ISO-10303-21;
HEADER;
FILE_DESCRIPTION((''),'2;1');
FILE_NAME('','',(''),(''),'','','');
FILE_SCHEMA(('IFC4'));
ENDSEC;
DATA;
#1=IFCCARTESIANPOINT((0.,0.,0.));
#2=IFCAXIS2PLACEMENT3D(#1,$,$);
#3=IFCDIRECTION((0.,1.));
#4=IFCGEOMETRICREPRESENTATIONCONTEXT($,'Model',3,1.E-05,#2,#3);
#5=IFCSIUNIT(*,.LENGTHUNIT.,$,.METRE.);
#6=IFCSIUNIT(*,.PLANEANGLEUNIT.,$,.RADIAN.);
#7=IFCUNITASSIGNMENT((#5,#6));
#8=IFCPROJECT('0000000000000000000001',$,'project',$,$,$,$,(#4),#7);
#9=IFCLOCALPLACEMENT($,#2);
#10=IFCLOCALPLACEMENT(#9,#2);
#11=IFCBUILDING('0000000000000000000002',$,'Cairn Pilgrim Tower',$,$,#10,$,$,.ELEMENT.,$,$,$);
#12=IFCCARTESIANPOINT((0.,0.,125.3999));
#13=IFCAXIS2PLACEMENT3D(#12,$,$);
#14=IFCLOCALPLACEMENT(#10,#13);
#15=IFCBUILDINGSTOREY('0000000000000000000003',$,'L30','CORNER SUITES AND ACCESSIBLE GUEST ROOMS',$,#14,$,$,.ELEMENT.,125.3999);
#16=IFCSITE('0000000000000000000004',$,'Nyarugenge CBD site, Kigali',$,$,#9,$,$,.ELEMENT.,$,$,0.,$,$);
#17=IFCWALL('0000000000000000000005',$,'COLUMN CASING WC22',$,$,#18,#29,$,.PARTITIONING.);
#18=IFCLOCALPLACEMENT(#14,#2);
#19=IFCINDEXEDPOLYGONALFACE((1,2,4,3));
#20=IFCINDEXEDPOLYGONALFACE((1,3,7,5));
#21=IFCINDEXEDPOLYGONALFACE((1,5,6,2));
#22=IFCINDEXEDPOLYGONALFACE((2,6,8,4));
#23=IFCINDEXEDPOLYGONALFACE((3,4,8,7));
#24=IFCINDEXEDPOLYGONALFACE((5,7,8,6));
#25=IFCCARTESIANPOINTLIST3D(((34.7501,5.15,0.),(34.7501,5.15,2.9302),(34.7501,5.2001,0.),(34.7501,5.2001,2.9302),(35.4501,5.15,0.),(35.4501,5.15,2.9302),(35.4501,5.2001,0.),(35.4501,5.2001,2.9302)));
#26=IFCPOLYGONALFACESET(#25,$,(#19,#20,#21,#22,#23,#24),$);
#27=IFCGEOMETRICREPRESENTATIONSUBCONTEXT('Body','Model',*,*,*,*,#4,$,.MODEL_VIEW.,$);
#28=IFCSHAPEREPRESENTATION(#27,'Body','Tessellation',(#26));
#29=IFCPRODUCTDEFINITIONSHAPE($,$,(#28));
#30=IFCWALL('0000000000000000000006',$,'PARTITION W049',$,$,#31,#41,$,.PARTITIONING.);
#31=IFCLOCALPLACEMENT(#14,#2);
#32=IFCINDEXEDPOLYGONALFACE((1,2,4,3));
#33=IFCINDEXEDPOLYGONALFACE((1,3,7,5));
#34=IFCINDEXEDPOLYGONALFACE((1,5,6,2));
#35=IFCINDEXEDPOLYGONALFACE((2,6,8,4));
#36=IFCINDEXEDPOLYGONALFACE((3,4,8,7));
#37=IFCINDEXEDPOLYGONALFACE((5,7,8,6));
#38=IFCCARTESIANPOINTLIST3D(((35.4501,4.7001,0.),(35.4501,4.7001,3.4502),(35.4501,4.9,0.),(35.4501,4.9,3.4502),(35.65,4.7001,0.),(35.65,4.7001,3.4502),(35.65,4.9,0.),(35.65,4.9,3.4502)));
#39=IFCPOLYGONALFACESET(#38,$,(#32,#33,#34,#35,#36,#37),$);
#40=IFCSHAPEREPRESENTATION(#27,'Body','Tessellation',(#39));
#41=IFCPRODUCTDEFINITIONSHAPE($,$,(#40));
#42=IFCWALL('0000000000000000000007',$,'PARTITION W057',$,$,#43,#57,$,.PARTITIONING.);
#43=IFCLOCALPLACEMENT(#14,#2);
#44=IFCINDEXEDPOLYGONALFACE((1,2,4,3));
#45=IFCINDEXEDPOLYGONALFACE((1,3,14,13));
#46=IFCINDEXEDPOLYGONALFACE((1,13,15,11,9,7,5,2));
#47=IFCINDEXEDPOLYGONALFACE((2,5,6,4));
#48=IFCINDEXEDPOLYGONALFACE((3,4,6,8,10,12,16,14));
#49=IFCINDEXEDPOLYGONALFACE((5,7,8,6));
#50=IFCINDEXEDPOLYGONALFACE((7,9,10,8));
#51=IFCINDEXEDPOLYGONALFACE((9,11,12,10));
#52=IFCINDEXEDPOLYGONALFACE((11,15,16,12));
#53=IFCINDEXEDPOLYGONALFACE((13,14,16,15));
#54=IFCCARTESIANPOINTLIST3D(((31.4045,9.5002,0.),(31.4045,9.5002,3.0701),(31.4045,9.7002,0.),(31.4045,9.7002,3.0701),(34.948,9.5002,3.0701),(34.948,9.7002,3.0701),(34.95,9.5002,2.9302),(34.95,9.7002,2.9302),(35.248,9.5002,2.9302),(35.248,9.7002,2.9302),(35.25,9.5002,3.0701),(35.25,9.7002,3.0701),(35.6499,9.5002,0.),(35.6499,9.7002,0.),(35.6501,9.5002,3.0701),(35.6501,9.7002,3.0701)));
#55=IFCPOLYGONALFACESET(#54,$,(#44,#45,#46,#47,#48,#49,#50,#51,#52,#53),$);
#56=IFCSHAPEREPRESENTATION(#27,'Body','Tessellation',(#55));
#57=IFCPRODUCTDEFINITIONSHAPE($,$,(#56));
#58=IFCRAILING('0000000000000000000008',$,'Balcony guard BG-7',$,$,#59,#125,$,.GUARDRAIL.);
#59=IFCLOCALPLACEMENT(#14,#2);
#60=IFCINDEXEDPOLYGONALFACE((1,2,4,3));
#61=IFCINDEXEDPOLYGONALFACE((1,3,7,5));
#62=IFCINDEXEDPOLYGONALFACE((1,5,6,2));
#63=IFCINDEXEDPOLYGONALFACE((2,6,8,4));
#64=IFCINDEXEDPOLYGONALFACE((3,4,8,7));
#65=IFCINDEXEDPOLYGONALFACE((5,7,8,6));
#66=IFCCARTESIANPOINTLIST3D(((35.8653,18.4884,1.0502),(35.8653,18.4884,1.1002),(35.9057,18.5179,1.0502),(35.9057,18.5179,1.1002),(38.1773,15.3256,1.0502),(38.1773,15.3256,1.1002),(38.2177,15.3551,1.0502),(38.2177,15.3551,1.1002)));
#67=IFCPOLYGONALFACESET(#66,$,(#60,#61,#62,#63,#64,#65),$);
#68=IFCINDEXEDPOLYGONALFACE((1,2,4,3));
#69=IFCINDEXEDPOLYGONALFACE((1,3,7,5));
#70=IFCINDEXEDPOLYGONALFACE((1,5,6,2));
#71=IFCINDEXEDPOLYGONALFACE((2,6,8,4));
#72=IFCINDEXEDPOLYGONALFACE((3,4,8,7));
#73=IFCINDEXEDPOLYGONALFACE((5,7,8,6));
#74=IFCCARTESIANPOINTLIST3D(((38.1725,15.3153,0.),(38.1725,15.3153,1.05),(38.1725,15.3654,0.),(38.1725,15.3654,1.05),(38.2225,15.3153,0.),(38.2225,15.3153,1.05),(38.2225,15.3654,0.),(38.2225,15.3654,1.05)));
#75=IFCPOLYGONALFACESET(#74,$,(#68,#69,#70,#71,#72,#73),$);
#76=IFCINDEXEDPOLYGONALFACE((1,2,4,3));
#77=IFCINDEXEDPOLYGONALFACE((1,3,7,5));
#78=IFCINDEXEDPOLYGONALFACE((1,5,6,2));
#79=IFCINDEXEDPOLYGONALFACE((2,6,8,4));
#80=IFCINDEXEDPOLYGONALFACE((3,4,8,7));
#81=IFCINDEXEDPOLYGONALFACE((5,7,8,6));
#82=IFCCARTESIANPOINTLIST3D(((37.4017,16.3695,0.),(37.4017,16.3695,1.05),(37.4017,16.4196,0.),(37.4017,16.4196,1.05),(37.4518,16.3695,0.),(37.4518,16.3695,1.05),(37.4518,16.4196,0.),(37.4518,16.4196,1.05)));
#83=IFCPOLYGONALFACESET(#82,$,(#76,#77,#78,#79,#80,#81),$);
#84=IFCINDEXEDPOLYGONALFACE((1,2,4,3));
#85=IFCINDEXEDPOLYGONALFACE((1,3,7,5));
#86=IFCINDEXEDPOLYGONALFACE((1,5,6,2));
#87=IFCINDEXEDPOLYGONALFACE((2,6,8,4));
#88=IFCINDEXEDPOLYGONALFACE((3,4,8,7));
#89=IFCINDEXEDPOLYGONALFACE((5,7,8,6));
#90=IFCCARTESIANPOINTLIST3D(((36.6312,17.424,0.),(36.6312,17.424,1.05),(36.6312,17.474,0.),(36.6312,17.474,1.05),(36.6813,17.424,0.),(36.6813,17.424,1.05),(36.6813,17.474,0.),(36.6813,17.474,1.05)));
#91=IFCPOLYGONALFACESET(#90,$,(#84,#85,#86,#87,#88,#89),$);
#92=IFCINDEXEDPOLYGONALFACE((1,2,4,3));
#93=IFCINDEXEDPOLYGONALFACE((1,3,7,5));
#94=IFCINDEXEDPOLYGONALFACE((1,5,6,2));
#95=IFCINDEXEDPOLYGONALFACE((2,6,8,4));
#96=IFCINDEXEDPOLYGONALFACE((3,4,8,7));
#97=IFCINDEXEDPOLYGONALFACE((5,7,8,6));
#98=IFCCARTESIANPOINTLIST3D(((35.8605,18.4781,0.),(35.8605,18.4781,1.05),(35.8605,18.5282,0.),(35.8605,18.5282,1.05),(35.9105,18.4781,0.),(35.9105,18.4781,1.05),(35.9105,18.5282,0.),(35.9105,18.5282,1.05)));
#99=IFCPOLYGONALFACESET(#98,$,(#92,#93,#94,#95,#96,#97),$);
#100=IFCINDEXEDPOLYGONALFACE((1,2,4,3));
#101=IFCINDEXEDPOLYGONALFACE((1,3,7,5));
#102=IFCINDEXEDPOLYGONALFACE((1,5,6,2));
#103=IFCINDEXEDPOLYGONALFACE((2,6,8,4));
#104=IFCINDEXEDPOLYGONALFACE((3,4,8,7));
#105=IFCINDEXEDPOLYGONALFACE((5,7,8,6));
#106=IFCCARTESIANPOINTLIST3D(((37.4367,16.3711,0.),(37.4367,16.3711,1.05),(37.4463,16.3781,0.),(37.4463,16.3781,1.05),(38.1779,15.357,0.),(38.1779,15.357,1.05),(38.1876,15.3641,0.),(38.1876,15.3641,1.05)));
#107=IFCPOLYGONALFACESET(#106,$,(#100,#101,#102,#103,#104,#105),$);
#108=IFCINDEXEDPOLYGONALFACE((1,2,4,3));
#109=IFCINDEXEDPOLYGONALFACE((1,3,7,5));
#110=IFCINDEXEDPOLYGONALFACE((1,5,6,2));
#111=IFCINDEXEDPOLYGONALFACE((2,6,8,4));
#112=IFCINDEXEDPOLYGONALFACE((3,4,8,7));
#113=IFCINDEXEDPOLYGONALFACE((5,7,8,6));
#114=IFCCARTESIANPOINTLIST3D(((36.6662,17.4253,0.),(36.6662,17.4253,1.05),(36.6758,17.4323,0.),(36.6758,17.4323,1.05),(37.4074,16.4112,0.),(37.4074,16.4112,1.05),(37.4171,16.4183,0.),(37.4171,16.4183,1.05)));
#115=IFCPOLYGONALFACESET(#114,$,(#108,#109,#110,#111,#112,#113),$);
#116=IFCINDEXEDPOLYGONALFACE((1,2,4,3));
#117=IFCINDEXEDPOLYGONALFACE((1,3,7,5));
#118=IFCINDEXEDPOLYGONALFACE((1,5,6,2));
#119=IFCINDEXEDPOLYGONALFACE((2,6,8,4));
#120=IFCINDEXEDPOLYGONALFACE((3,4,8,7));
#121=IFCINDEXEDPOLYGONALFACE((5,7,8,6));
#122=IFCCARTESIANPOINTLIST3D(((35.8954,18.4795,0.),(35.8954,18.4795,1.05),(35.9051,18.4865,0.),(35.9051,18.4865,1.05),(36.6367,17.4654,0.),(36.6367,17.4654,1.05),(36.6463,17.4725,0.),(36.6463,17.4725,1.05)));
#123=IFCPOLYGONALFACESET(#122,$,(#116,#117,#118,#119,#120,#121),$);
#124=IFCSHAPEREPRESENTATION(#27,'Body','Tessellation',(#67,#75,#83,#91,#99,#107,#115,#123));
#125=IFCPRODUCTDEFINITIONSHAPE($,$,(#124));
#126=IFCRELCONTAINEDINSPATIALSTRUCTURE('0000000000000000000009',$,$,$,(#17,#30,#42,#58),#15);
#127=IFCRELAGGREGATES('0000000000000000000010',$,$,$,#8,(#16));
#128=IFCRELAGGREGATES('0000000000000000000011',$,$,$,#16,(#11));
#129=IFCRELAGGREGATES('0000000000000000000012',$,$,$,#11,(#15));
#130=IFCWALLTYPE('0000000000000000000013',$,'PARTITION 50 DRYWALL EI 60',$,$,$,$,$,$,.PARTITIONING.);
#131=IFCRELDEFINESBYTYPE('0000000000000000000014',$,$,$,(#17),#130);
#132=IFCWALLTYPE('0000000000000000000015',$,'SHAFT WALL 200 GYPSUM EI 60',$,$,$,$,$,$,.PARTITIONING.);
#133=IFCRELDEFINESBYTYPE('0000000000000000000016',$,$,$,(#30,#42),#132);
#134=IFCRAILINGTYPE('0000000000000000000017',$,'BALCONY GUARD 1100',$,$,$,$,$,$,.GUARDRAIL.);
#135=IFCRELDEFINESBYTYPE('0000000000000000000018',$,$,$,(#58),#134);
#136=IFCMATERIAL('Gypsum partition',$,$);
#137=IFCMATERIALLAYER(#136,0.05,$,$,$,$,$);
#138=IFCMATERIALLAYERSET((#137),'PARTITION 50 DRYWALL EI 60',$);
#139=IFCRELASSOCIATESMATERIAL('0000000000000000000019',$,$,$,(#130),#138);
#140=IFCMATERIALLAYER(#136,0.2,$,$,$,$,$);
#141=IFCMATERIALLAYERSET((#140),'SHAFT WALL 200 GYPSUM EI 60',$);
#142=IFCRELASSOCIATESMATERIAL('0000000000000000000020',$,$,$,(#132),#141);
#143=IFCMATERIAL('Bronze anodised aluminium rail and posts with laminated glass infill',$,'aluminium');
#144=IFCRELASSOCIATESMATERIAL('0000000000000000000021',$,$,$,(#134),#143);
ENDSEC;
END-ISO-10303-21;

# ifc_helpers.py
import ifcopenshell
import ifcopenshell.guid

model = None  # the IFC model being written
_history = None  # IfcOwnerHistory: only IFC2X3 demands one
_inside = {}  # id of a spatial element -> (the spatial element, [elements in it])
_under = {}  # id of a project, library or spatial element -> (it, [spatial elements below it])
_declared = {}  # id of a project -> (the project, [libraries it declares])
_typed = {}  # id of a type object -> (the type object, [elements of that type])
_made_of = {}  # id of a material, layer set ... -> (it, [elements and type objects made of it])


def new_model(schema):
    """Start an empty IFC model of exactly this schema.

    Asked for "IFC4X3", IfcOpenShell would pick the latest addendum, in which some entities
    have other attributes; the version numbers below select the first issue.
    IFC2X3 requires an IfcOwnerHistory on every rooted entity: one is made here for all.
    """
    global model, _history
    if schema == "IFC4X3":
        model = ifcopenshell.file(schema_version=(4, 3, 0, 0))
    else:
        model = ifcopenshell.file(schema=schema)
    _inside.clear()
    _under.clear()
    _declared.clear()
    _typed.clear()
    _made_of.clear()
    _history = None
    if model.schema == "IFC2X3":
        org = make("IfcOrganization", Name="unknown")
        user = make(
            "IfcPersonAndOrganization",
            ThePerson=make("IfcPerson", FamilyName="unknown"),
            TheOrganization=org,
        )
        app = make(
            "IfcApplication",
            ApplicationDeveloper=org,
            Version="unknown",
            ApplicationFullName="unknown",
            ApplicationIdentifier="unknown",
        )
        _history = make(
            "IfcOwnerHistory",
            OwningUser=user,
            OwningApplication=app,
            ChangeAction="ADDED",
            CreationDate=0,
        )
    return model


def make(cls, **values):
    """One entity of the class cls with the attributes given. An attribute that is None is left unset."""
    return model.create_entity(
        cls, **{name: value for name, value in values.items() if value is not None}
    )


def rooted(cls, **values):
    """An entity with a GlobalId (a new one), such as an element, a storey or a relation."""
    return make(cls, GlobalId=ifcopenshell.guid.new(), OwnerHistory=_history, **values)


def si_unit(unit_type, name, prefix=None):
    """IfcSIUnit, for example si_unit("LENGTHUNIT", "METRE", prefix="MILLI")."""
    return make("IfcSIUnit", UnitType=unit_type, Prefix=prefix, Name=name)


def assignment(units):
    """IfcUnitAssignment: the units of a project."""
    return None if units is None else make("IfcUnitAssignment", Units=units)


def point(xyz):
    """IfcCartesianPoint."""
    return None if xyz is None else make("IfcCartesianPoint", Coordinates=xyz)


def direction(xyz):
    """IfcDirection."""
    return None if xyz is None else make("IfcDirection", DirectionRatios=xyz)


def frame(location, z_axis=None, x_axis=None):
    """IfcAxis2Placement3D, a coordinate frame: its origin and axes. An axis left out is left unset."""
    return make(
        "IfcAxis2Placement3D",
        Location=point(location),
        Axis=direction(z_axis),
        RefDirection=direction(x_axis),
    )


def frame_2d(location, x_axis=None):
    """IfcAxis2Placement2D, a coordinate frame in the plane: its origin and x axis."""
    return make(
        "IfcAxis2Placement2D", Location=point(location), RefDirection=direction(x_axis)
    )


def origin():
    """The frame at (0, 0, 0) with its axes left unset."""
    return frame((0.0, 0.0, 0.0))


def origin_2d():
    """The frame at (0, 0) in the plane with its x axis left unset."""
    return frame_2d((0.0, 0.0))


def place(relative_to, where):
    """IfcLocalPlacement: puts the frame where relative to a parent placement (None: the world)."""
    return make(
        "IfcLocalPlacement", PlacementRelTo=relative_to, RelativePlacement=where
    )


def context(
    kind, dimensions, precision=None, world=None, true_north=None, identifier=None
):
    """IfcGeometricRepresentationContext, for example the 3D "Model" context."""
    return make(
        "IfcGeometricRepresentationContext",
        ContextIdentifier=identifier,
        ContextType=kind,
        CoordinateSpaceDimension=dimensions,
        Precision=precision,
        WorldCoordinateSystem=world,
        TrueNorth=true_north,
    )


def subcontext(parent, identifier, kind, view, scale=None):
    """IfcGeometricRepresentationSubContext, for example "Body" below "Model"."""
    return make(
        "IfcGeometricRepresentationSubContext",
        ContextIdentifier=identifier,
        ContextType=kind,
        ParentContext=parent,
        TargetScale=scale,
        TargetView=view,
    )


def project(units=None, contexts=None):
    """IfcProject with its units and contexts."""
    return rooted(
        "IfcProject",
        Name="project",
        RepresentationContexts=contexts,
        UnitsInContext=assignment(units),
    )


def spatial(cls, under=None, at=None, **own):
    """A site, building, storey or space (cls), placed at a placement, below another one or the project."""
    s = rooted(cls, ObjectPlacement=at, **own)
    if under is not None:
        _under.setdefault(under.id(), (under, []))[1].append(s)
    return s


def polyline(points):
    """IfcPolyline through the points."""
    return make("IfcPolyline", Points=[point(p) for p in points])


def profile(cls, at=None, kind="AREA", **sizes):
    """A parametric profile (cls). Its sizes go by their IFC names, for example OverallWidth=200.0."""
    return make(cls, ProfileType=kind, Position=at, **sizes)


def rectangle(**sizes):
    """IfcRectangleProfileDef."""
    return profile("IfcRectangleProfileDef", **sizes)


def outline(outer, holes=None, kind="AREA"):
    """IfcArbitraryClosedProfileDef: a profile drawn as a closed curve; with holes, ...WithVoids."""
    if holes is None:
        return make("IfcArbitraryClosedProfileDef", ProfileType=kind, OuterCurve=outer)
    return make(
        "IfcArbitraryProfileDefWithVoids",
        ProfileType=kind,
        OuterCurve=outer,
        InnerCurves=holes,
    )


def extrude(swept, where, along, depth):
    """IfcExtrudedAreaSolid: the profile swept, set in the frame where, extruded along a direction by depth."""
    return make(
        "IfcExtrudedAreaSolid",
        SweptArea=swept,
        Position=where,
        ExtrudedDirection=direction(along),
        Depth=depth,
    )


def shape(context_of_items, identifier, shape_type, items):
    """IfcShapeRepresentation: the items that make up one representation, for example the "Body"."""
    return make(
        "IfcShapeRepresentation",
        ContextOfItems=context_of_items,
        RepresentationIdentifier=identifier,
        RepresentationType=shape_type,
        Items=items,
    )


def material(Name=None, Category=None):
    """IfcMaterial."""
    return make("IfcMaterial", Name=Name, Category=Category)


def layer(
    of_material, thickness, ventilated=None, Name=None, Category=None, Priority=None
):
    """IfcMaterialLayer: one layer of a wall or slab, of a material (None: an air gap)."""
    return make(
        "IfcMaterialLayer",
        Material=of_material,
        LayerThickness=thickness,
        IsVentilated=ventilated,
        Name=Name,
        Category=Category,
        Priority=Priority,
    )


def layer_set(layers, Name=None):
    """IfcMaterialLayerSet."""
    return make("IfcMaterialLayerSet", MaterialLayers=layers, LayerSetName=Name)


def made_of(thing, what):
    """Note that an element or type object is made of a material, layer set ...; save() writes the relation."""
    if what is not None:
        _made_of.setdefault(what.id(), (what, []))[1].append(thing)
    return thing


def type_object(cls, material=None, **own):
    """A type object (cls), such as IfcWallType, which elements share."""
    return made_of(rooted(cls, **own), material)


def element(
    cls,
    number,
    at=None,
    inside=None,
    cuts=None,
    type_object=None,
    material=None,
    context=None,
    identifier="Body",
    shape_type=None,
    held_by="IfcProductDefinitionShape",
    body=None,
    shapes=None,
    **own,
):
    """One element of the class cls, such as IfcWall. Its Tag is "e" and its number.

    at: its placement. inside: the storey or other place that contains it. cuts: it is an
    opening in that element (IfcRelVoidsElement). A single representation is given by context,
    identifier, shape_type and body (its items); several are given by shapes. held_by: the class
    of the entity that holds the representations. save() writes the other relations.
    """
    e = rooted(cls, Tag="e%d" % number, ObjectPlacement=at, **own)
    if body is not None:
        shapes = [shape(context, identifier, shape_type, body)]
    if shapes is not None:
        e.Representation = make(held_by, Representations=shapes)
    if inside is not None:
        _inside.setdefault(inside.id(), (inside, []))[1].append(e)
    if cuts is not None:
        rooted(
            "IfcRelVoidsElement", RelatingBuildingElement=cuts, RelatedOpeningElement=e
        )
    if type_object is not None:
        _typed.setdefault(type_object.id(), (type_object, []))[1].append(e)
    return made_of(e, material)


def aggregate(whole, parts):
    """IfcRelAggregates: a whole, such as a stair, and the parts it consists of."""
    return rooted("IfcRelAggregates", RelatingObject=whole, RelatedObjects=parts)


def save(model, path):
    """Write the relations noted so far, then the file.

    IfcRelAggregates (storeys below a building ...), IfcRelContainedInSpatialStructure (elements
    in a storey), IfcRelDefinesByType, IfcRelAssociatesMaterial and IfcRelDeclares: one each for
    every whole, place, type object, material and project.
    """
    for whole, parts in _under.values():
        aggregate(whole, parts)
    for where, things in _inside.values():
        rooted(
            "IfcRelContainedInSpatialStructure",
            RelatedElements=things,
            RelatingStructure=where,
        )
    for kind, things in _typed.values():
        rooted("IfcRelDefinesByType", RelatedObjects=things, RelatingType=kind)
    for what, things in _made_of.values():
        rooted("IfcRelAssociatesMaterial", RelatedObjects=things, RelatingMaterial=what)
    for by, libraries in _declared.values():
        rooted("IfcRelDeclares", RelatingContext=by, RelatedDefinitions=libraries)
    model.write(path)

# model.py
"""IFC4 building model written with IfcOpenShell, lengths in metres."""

from ifc_helpers import new_model, si_unit, direction, frame, frame_2d, origin, origin_2d, place, context, subcontext, project, spatial, polyline, rectangle, outline, extrude, material, layer, layer_set, type_object, element, save


model = new_model("IFC4")

# Units and contexts
model_context = context("Model", 3, precision=1e-05, world=origin(), true_north=direction((0.0, 1.0)))
body_context = subcontext(model_context, "Body", "Model", "MODEL_VIEW")
ifc_project = project(units=[si_unit("LENGTHUNIT", "METRE"), si_unit("PLANEANGLEUNIT", "RADIAN")], contexts=[model_context])

# Site, building, storey
site_placement = place(None, origin())
site = spatial("IfcSite", under=ifc_project, at=site_placement, Name="Nyarugenge CBD site, Kigali", CompositionType="ELEMENT", RefElevation=0.0)
building_placement = place(site_placement, origin())
building = spatial("IfcBuilding", under=site, at=building_placement, Name="Cairn Pilgrim Tower", CompositionType="ELEMENT")
storey_placement = place(building_placement, frame((0.0, 0.0, 125.3999)))
storey = spatial("IfcBuildingStorey", under=building, at=storey_placement, Name="L30", Description="CORNER SUITES AND ACCESSIBLE GUEST ROOMS", CompositionType="ELEMENT", Elevation=125.3999)

# Walls
ifc_material_1 = material(Name="Gypsum partition")
ifc_layer_1 = layer(ifc_material_1, 0.05)
ifc_layer_set_1 = layer_set([ifc_layer_1], Name="PARTITION 50 DRYWALL EI 60")
wall_type_1 = type_object("IfcWallType", Name="PARTITION 50 DRYWALL EI 60", PredefinedType="PARTITIONING", material=ifc_layer_set_1)
wall_1_placement = place(storey_placement, frame((34.75, 5.175, 0.0), z_axis=(0.0, 0.0, 1.0), x_axis=(1.0, 0.0, 0.0)))
element("IfcWall", 1, at=wall_1_placement, inside=storey, type_object=wall_type_1, Name="COLUMN CASING WC22", PredefinedType="PARTITIONING", context=body_context, shape_type="SweptSolid", body=[
    extrude(rectangle(XDim=0.7, YDim=0.05, at=frame_2d((0.3501, 0.0))), origin(), (0.0, 0.0, 1.0), 2.9302),
])
ifc_layer_2 = layer(ifc_material_1, 0.2)
ifc_layer_set_2 = layer_set([ifc_layer_2], Name="SHAFT WALL 200 GYPSUM EI 60")
wall_type_2 = type_object("IfcWallType", Name="SHAFT WALL 200 GYPSUM EI 60", PredefinedType="PARTITIONING", material=ifc_layer_set_2)
wall_2_placement = place(storey_placement, frame((35.45, 4.8, 0.0), z_axis=(0.0, 0.0, 1.0), x_axis=(1.0, 0.0, 0.0)))
element("IfcWall", 2, at=wall_2_placement, inside=storey, type_object=wall_type_2, Name="PARTITION W049", PredefinedType="PARTITIONING", context=body_context, shape_type="SweptSolid", body=[
    extrude(rectangle(XDim=0.2, YDim=0.2, at=frame_2d((0.1001, 0.0))), origin(), (0.0, 0.0, 1.0), 3.4502),
])
wall_3_placement = place(storey_placement, frame((31.4045, 9.6001, 0.0), z_axis=(0.0, 0.0, 1.0), x_axis=(1.0, 0.0, 0.0)))
element("IfcWall", 3, at=wall_3_placement, inside=storey, type_object=wall_type_2, Name="PARTITION W057", PredefinedType="PARTITIONING", context=body_context, shape_type="SweptSolid", body=[
    extrude(outline(polyline([(0.0, 0.0), (4.2454, 0.0), (4.2456, 3.0701), (3.8455, 3.0701), (3.8435, 2.9302), (3.5454, 2.9302), (3.5435, 3.0701), (0.0, 3.0701), (0.0, 0.0)])), frame((0.0, 0.1001, 0.0), z_axis=(0.0, -1.0, 0.0), x_axis=(1.0, 0.0, 0.0)), (0.0, 0.0, 1.0), 0.2),
])

# Railing
ifc_material_2 = material(Name="Bronze anodised aluminium rail and posts with laminated glass infill", Category="aluminium")
railing_type = type_object("IfcRailingType", Name="BALCONY GUARD 1100", PredefinedType="GUARDRAIL", material=ifc_material_2)
railing_placement = place(storey_placement, frame((38.1975, 15.3403, 0.0)))
element("IfcRailing", 4, at=railing_placement, inside=storey, type_object=railing_type, Name="Balcony guard BG-7", PredefinedType="GUARDRAIL", context=body_context, shape_type="SweptSolid", body=[
    extrude(rectangle(XDim=0.05, YDim=0.05, at=origin_2d()), frame((0.0, 0.0, 1.0752), z_axis=(-0.590134, 0.807305, 0.0), x_axis=(-0.807305, -0.590134, 0.0)), (0.0, 0.0, 1.0), 3.9177),
    extrude(rectangle(XDim=0.05, YDim=0.05, at=origin_2d()), origin(), (0.0, 0.0, 1.0), 1.05),
    extrude(rectangle(XDim=0.05, YDim=0.05, at=origin_2d()), frame((-0.7708, 1.0542, 0.0)), (0.0, 0.0, 1.0), 1.05),
    extrude(rectangle(XDim=0.05, YDim=0.05, at=origin_2d()), frame((-1.5413, 2.1086, 0.0)), (0.0, 0.0, 1.0), 1.05),
    extrude(rectangle(XDim=0.05, YDim=0.05, at=origin_2d()), frame((-2.312, 3.1628, 0.0)), (0.0, 0.0, 1.0), 1.05),
    extrude(outline(polyline([(0.0249, 0.0), (1.281, 0.0), (1.281, 1.05), (0.0249, 1.05), (0.0249, 0.0)])), frame((-0.0049, -0.0034, 0.0), z_axis=(0.807305, 0.590134, 0.0), x_axis=(-0.590134, 0.807305, 0.0)), (0.0, 0.0, 1.0), 0.012),
    extrude(outline(polyline([(0.0249, 0.0), (1.281, 0.0), (1.281, 1.05), (0.0249, 1.05), (0.0249, 0.0)])), frame((-0.7754, 1.0508, 0.0), z_axis=(0.807305, 0.590134, 0.0), x_axis=(-0.590134, 0.807305, 0.0)), (0.0, 0.0, 1.0), 0.012),
    extrude(outline(polyline([(0.0249, 0.0), (1.281, 0.0), (1.281, 1.05), (0.0249, 1.05), (0.0249, 0.0)])), frame((-1.5461, 2.105, 0.0), z_axis=(0.807305, 0.590134, 0.0), x_axis=(-0.590134, 0.807305, 0.0)), (0.0, 0.0, 1.0), 0.012),
])

save(model, "model.ifc")
